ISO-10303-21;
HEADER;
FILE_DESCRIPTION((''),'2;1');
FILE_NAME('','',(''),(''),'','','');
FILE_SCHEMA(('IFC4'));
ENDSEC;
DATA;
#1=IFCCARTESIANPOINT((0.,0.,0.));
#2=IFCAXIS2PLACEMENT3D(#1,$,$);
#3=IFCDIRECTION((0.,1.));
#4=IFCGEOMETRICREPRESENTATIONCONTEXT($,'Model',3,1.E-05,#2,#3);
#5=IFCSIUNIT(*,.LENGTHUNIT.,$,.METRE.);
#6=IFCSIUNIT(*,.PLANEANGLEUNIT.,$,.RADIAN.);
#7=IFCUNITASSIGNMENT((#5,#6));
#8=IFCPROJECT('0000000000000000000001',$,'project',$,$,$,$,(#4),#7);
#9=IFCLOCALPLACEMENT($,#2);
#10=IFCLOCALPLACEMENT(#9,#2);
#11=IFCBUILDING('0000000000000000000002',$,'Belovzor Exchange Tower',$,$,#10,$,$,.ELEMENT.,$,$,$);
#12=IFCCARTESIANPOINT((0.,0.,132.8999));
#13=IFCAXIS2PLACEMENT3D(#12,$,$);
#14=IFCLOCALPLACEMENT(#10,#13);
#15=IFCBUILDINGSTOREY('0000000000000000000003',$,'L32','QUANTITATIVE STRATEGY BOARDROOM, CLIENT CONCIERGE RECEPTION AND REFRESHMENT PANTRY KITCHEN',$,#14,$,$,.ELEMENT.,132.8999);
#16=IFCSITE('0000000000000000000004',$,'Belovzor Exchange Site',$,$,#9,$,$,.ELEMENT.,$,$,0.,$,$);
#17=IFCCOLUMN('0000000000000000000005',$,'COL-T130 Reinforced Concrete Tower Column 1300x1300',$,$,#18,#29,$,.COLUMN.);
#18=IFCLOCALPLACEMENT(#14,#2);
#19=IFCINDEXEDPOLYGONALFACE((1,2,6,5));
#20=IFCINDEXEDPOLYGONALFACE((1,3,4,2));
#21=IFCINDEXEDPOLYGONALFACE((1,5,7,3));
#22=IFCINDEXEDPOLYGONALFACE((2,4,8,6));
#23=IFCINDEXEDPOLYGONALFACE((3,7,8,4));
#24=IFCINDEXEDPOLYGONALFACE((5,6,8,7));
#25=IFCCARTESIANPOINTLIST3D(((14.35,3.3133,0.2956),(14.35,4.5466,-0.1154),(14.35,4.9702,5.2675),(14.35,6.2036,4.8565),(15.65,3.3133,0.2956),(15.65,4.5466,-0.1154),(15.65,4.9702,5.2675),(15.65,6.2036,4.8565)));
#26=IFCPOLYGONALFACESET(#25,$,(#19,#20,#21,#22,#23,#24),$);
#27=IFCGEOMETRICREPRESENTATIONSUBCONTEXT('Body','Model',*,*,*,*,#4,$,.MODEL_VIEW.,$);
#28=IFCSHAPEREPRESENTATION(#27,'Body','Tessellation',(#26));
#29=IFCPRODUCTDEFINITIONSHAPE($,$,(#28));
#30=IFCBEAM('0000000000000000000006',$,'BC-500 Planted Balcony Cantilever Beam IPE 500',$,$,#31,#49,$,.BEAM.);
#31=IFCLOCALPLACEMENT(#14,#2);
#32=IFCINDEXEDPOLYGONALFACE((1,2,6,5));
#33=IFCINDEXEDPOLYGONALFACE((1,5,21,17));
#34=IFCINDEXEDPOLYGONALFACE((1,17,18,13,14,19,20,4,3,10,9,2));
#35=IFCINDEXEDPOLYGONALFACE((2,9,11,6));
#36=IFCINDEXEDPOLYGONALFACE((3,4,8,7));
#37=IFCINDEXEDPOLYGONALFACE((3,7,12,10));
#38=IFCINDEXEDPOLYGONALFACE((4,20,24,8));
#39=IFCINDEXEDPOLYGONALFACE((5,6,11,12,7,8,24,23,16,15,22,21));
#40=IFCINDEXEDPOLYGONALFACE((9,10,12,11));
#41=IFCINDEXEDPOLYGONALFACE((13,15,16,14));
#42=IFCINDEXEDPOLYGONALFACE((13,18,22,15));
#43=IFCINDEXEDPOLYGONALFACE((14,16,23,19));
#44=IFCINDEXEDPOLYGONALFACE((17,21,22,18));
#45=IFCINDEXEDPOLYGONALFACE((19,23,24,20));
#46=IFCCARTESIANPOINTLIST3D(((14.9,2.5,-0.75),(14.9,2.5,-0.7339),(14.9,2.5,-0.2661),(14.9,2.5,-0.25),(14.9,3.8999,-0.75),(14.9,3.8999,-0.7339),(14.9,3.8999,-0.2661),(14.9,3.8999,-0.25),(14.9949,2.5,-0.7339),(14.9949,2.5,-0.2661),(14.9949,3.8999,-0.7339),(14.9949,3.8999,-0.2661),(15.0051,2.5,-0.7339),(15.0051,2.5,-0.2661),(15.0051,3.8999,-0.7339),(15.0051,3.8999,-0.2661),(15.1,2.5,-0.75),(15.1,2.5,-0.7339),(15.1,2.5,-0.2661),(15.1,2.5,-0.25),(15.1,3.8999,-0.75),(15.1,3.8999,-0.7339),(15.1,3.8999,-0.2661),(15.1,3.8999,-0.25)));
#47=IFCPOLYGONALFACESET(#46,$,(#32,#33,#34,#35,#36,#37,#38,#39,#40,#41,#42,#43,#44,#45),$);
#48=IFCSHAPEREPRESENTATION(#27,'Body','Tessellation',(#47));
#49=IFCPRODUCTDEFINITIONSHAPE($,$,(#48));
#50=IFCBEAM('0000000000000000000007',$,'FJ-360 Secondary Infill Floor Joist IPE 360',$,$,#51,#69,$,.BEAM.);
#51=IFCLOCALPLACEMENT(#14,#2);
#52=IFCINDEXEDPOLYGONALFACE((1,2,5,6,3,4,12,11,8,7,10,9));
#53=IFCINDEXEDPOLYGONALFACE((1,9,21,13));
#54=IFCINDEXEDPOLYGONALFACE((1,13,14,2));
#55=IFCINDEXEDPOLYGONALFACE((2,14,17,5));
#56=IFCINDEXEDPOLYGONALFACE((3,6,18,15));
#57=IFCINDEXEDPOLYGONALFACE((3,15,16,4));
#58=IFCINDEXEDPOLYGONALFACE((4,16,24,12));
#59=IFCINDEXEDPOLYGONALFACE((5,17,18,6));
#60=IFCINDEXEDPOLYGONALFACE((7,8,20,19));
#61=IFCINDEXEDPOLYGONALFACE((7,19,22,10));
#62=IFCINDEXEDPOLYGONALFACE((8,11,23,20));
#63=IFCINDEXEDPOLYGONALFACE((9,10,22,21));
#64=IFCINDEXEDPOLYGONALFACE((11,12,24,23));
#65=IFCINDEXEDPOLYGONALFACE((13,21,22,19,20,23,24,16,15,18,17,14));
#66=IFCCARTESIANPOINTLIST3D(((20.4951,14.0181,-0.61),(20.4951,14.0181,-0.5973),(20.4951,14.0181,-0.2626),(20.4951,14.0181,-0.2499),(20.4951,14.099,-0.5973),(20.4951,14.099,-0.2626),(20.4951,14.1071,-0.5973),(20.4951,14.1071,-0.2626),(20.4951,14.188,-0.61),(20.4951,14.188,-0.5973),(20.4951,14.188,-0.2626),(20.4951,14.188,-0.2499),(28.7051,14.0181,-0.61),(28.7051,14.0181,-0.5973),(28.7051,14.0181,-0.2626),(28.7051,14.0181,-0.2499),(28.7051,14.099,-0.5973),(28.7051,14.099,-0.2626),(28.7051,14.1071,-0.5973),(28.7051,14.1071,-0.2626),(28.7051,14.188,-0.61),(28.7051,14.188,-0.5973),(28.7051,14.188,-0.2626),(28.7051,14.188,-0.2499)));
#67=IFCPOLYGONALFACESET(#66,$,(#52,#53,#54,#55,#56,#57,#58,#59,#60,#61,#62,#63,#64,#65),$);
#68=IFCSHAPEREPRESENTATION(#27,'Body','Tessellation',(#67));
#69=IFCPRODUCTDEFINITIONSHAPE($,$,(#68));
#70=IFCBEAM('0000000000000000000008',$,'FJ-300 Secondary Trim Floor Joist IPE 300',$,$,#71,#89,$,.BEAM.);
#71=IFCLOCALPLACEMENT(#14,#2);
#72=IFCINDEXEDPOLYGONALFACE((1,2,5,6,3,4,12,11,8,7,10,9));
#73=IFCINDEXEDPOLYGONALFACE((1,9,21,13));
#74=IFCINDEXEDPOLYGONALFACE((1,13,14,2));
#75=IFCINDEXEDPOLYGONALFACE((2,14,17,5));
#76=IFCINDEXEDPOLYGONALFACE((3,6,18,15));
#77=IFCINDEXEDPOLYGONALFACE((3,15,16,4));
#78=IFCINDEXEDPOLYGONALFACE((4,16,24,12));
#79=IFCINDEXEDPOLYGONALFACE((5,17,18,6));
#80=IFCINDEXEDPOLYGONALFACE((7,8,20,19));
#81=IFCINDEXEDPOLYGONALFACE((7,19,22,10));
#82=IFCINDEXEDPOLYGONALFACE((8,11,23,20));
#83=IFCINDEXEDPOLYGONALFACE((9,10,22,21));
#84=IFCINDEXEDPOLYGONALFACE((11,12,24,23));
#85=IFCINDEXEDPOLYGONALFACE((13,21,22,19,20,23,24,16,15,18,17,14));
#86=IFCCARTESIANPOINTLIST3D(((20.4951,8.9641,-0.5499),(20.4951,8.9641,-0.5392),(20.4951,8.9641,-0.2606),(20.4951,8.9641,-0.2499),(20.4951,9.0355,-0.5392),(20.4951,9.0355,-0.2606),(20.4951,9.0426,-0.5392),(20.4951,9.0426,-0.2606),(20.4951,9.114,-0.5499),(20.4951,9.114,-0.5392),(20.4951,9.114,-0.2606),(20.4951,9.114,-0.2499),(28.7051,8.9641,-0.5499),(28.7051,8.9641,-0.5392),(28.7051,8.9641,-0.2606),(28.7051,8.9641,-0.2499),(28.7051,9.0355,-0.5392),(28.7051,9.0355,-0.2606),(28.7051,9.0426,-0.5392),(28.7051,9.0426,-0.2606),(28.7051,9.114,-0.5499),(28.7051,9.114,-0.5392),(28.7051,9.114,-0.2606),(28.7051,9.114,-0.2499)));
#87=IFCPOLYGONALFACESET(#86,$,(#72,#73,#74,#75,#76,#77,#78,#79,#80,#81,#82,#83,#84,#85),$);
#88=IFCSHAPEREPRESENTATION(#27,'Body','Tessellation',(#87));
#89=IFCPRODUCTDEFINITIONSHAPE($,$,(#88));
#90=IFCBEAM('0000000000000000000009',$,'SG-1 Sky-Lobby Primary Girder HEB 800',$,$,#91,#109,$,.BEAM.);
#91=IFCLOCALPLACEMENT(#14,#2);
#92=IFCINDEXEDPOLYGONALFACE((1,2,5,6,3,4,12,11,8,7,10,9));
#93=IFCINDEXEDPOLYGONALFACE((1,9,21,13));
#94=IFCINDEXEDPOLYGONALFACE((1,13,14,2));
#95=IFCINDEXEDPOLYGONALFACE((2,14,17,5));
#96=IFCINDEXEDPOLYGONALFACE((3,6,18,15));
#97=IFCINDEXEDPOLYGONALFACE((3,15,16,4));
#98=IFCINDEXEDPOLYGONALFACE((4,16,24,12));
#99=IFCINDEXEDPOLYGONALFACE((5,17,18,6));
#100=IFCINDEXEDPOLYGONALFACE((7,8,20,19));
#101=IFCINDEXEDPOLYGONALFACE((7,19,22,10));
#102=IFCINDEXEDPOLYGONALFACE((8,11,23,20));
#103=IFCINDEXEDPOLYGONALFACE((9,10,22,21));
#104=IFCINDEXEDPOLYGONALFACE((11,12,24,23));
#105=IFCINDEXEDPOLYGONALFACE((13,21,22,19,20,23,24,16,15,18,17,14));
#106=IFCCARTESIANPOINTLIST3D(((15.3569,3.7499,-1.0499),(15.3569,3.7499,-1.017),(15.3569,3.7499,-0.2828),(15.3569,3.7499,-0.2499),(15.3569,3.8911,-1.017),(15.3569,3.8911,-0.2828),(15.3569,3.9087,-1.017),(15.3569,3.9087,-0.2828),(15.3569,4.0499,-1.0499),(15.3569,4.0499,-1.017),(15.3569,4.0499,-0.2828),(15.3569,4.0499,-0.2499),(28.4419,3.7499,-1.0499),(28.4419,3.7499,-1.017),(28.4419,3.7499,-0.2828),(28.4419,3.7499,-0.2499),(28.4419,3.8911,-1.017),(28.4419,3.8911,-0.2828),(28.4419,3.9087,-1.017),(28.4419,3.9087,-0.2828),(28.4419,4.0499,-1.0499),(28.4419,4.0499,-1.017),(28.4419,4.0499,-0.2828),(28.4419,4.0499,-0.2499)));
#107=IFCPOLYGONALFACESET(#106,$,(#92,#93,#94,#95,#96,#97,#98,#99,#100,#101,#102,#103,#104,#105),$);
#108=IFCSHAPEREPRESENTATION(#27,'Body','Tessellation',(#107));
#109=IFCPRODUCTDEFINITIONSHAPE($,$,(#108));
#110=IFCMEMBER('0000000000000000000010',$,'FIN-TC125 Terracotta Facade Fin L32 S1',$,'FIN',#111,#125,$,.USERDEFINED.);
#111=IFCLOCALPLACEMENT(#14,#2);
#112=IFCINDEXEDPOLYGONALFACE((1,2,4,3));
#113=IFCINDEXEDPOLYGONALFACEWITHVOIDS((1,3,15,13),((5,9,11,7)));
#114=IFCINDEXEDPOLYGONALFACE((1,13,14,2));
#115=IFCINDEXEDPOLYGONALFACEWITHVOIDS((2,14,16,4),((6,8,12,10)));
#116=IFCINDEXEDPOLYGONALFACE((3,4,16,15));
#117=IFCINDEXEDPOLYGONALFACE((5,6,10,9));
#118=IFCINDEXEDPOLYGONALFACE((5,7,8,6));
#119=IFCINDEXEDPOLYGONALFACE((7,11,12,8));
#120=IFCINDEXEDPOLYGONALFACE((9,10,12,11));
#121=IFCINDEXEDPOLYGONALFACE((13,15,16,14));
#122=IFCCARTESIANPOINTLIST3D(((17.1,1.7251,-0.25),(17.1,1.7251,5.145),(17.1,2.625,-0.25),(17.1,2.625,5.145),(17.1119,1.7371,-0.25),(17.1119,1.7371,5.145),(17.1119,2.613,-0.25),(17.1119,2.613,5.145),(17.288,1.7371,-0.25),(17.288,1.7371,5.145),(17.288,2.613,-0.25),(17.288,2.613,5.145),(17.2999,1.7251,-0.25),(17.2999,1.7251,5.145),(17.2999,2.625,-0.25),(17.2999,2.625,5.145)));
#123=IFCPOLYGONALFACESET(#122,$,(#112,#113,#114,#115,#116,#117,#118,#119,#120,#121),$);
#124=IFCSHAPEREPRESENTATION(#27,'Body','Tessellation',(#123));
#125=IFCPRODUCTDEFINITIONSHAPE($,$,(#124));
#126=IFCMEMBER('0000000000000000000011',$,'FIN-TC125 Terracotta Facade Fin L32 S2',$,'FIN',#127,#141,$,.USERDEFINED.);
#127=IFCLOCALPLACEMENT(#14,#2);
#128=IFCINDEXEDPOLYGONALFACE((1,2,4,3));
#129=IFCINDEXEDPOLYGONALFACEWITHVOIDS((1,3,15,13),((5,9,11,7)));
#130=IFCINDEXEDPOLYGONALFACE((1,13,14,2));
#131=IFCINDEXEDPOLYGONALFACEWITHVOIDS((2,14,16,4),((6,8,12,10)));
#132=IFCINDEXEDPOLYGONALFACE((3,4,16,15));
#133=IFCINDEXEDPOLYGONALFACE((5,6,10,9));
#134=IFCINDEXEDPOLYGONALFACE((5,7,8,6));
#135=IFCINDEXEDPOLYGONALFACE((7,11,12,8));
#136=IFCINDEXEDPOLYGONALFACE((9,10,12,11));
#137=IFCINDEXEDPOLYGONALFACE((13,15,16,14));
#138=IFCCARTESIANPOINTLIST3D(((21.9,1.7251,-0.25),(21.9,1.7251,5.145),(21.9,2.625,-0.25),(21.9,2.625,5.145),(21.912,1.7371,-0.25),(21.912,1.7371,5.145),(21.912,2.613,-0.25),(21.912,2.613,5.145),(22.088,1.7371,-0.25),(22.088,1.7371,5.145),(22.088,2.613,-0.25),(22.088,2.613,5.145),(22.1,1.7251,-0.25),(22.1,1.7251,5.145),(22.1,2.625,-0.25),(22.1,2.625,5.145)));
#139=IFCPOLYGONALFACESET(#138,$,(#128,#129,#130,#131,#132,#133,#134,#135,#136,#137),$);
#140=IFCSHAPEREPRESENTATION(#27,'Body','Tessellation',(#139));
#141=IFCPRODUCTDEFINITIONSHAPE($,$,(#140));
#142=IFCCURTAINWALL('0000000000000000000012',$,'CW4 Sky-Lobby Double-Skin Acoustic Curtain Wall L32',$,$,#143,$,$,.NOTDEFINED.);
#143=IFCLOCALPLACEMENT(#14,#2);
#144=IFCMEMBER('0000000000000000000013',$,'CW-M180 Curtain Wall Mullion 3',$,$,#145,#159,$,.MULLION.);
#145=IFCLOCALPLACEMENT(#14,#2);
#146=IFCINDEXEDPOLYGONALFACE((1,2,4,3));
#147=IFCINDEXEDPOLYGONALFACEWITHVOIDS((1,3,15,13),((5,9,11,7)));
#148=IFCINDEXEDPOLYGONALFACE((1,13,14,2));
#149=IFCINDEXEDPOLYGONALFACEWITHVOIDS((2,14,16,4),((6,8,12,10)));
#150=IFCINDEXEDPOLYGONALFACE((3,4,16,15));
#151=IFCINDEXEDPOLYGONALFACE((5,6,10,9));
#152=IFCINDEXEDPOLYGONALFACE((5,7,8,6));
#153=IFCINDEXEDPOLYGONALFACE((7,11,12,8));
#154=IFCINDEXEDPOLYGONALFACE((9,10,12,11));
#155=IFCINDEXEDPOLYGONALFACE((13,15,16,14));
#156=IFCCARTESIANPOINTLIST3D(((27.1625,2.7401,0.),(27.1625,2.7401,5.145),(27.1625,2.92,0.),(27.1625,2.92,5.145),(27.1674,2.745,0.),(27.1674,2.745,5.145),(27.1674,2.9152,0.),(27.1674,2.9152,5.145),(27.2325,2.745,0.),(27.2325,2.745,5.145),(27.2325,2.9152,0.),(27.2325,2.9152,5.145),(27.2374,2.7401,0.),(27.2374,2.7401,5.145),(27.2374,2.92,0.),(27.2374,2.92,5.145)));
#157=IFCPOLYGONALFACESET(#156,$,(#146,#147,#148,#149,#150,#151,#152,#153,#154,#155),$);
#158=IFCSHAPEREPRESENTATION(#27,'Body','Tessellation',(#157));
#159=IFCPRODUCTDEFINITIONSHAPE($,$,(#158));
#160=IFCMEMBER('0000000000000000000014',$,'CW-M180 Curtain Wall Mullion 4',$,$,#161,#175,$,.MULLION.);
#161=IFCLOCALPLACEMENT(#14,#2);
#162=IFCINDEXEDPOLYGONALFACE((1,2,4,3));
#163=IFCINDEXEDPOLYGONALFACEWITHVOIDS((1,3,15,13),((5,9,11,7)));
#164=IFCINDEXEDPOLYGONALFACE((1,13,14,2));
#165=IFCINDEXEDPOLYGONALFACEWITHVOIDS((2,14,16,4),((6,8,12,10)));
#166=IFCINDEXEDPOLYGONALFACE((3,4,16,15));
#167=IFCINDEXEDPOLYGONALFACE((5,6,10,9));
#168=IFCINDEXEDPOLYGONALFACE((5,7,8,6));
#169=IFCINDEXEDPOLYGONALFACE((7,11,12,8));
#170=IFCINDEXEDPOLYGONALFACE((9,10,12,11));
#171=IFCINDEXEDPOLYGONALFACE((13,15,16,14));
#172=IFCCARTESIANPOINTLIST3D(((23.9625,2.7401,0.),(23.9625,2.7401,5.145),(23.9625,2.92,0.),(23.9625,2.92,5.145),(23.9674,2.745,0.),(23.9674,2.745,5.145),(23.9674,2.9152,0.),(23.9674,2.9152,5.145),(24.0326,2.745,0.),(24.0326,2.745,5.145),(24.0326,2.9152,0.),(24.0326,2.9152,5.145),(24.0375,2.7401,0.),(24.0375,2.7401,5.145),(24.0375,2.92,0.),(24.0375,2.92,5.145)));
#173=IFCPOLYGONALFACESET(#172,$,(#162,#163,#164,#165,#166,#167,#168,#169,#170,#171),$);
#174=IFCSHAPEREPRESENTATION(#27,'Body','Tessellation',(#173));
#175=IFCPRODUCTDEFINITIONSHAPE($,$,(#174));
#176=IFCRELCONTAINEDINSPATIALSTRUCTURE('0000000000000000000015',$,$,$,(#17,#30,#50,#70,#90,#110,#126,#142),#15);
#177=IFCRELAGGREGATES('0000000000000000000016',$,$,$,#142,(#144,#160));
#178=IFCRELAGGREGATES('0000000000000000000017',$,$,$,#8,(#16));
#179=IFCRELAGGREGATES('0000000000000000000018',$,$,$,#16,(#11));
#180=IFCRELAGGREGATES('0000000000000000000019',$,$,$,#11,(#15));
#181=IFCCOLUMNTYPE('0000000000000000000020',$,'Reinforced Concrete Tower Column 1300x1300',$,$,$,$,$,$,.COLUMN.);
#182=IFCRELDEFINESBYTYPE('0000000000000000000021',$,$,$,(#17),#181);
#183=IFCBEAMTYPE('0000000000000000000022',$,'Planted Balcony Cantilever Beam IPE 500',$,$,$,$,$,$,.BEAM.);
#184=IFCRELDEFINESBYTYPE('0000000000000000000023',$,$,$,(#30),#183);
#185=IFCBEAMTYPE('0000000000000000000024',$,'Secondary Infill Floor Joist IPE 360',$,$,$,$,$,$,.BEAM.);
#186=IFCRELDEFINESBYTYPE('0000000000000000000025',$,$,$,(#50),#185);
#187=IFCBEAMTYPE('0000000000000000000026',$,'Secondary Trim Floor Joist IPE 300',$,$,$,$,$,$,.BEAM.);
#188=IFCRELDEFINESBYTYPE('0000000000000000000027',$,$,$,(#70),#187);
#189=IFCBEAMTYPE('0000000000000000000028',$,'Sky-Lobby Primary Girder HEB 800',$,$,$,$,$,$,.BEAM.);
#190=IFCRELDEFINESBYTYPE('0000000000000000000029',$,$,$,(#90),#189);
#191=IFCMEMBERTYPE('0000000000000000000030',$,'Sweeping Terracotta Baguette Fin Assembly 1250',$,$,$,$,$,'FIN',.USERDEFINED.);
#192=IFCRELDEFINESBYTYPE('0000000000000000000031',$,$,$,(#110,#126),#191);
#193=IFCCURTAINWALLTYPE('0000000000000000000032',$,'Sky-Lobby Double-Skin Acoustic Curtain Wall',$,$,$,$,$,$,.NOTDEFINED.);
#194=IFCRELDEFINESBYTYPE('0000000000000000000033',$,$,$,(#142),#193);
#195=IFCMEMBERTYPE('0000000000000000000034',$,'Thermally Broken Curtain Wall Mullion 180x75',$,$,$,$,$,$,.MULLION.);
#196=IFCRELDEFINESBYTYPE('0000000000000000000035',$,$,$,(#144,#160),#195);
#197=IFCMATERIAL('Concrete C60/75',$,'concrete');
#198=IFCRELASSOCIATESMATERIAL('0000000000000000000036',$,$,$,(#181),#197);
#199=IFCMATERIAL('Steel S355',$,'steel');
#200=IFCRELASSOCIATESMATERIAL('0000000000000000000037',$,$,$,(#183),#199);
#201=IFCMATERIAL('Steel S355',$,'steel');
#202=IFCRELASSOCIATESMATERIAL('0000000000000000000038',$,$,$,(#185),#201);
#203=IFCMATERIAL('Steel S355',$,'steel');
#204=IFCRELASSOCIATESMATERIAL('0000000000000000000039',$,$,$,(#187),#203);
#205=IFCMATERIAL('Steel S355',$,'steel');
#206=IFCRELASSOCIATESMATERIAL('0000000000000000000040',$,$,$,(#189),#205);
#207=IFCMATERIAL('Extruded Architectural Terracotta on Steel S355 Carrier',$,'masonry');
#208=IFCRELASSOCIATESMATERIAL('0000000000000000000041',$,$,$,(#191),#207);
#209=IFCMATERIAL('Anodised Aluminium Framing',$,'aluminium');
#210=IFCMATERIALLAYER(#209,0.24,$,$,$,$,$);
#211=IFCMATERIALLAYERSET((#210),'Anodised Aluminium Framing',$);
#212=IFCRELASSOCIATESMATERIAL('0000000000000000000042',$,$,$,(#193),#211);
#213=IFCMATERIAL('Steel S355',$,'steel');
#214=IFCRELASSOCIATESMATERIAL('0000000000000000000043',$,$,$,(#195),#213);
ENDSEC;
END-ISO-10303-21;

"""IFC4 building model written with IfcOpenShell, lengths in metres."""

from ifc_helpers import new_model, si_unit, direction, frame, origin, origin_2d, place, context, subcontext, project, spatial, rectangle, hollow_rectangle, i_section, extrude, material, layer, layer_set, material_profile, profile_set, type_object, element, aggregate, save


model = new_model("IFC4")

# Units and contexts
model_context = context("Model", 3, precision=1e-05, world=origin(), true_north=direction((0.0, 1.0)))
body_context = subcontext(model_context, "Body", "Model", "MODEL_VIEW")
ifc_project = project(units=[si_unit("LENGTHUNIT", "METRE"), si_unit("PLANEANGLEUNIT", "RADIAN")], contexts=[model_context])

# Site, building, storey
site_placement = place(None, origin())
site = spatial("IfcSite", under=ifc_project, at=site_placement, Name="Belovzor Exchange Site", CompositionType="ELEMENT", RefElevation=0.0)
building_placement = place(site_placement, origin())
building = spatial("IfcBuilding", under=site, at=building_placement, Name="Belovzor Exchange Tower", CompositionType="ELEMENT")
storey_placement = place(building_placement, frame((0.0, 0.0, 132.8999)))
storey = spatial("IfcBuildingStorey", under=building, at=storey_placement, Name="L32", Description="QUANTITATIVE STRATEGY BOARDROOM, CLIENT CONCIERGE RECEPTION AND REFRESHMENT PANTRY KITCHEN", CompositionType="ELEMENT", Elevation=132.8999)

# Column
ifc_material_1 = material(Name="Concrete C60/75", Category="concrete")
ifc_material_profile_1 = material_profile(ifc_material_1, rectangle(XDim=1.3, YDim=1.3, at=origin_2d()))
ifc_profile_set_1 = profile_set([ifc_material_profile_1], Name="Concrete C60/75")
column_type = type_object("IfcColumnType", Name="Reinforced Concrete Tower Column 1300x1300", PredefinedType="COLUMN", material=ifc_profile_set_1)
column_placement = place(storey_placement, frame((15.0, 3.9299, 0.0901), z_axis=(0.0, 0.316172, 0.948702), x_axis=(-1.0, 0.0, 0.0)))
element("IfcColumn", 1, at=column_placement, inside=storey, type_object=column_type, Name="COL-T130 Reinforced Concrete Tower Column 1300x1300", PredefinedType="COLUMN", context=body_context, shape_type="SweptSolid", body=[
    extrude(rectangle(XDim=1.3, YDim=1.3, at=origin_2d()), origin(), (0.0, 0.0, 1.0), 5.2407),
])

# Beams
ifc_material_2 = material(Name="Steel S355", Category="steel")
ifc_material_profile_2 = material_profile(ifc_material_2, i_section(OverallWidth=0.2, OverallDepth=0.5, WebThickness=0.0103, FlangeThickness=0.0161, at=origin_2d()))
ifc_profile_set_2 = profile_set([ifc_material_profile_2], Name="Steel S355")
beam_type_1 = type_object("IfcBeamType", Name="Planted Balcony Cantilever Beam IPE 500", PredefinedType="BEAM", material=ifc_profile_set_2)
beam_1_placement = place(storey_placement, frame((15.0, 3.8999, -0.5), z_axis=(0.0, -1.0, 0.0), x_axis=(1.0, 0.0, 0.0)))
element("IfcBeam", 2, at=beam_1_placement, inside=storey, type_object=beam_type_1, Name="BC-500 Planted Balcony Cantilever Beam IPE 500", PredefinedType="BEAM", context=body_context, shape_type="SweptSolid", body=[
    extrude(i_section(OverallWidth=0.2, OverallDepth=0.5, WebThickness=0.0103, FlangeThickness=0.0161, at=origin_2d()), origin(), (0.0, 0.0, 1.0), 1.3999),
])
ifc_material_3 = material(Name="Steel S355", Category="steel")
ifc_material_profile_3 = material_profile(ifc_material_3, i_section(OverallWidth=0.1699, OverallDepth=0.3601, WebThickness=0.0081, FlangeThickness=0.0127, at=origin_2d()))
ifc_profile_set_3 = profile_set([ifc_material_profile_3], Name="Steel S355")
beam_type_2 = type_object("IfcBeamType", Name="Secondary Infill Floor Joist IPE 360", PredefinedType="BEAM", material=ifc_profile_set_3)
beam_2_placement = place(storey_placement, frame((20.4951, 14.103, -0.4299), z_axis=(1.0, 0.0, 0.0), x_axis=(0.0, 1.0, 0.0)))
element("IfcBeam", 3, at=beam_2_placement, inside=storey, type_object=beam_type_2, Name="FJ-360 Secondary Infill Floor Joist IPE 360", PredefinedType="BEAM", context=body_context, shape_type="SweptSolid", body=[
    extrude(i_section(OverallWidth=0.1699, OverallDepth=0.3601, WebThickness=0.0081, FlangeThickness=0.0127, at=origin_2d()), origin(), (0.0, 0.0, 1.0), 8.21),
])
ifc_material_4 = material(Name="Steel S355", Category="steel")
ifc_material_profile_4 = material_profile(ifc_material_4, i_section(OverallWidth=0.1499, OverallDepth=0.3, WebThickness=0.0071, FlangeThickness=0.0107, at=origin_2d()))
ifc_profile_set_4 = profile_set([ifc_material_profile_4], Name="Steel S355")
beam_type_3 = type_object("IfcBeamType", Name="Secondary Trim Floor Joist IPE 300", PredefinedType="BEAM", material=ifc_profile_set_4)
beam_3_placement = place(storey_placement, frame((20.4951, 9.0391, -0.3999), z_axis=(1.0, 0.0, 0.0), x_axis=(0.0, 1.0, 0.0)))
element("IfcBeam", 4, at=beam_3_placement, inside=storey, type_object=beam_type_3, Name="FJ-300 Secondary Trim Floor Joist IPE 300", PredefinedType="BEAM", context=body_context, shape_type="SweptSolid", body=[
    extrude(i_section(OverallWidth=0.1499, OverallDepth=0.3, WebThickness=0.0071, FlangeThickness=0.0107, at=origin_2d()), origin(), (0.0, 0.0, 1.0), 8.21),
])
ifc_material_5 = material(Name="Steel S355", Category="steel")
ifc_material_profile_5 = material_profile(ifc_material_5, i_section(OverallWidth=0.3, OverallDepth=0.8, WebThickness=0.0176, FlangeThickness=0.033, at=origin_2d()))
ifc_profile_set_5 = profile_set([ifc_material_profile_5], Name="Steel S355")
beam_type_4 = type_object("IfcBeamType", Name="Sky-Lobby Primary Girder HEB 800", PredefinedType="BEAM", material=ifc_profile_set_5)
beam_4_placement = place(storey_placement, frame((15.3569, 3.8999, -0.6499), z_axis=(1.0, 0.0, 0.0), x_axis=(0.0, 1.0, 0.0)))
element("IfcBeam", 5, at=beam_4_placement, inside=storey, type_object=beam_type_4, Name="SG-1 Sky-Lobby Primary Girder HEB 800", PredefinedType="BEAM", context=body_context, shape_type="SweptSolid", body=[
    extrude(i_section(OverallWidth=0.3, OverallDepth=0.8, WebThickness=0.0176, FlangeThickness=0.033, at=origin_2d()), origin(), (0.0, 0.0, 1.0), 13.085),
])

# Members
ifc_material_6 = material(Name="Extruded Architectural Terracotta on Steel S355 Carrier", Category="masonry")
ifc_material_profile_6 = material_profile(ifc_material_6, hollow_rectangle(XDim=0.2, YDim=0.8999, WallThickness=0.012, at=origin_2d()))
ifc_profile_set_6 = profile_set([ifc_material_profile_6], Name="Extruded Architectural Terracotta on Steel S355 Carrier")
member_type_1 = type_object("IfcMemberType", Name="Sweeping Terracotta Baguette Fin Assembly 1250", ElementType="FIN", PredefinedType="USERDEFINED", material=ifc_profile_set_6)
for number, where, z_axis, x_axis, name in (
    (6, (17.2, 2.175, -0.25), (0.0, 0.0, 1.0), (1.0, 0.0, 0.0), "FIN-TC125 Terracotta Facade Fin L32 S1"),
    (7, (22.0, 2.175, -0.25), (0.0, 0.0, 1.0), (1.0, 0.0, 0.0), "FIN-TC125 Terracotta Facade Fin L32 S2"),
):
    element("IfcMember", number, at=place(storey_placement, frame(where, z_axis=z_axis, x_axis=x_axis)), inside=storey, type_object=member_type_1, Name=name, ObjectType="FIN", PredefinedType="USERDEFINED", context=body_context, shape_type="SweptSolid", body=[
        extrude(hollow_rectangle(XDim=0.2, YDim=0.8999, WallThickness=0.012, at=origin_2d()), origin(), (0.0, 0.0, 1.0), 5.395),
    ])

# Curtain wall, members
ifc_material_7 = material(Name="Anodised Aluminium Framing", Category="aluminium")
ifc_layer_1 = layer(ifc_material_7, 0.24)
ifc_layer_set_1 = layer_set([ifc_layer_1], Name="Anodised Aluminium Framing")
curtain_wall_type = type_object("IfcCurtainWallType", Name="Sky-Lobby Double-Skin Acoustic Curtain Wall", PredefinedType="NOTDEFINED", material=ifc_layer_set_1)
curtain_wall_placement = place(storey_placement, origin())
curtain_wall = element("IfcCurtainWall", 8, at=curtain_wall_placement, inside=storey, type_object=curtain_wall_type, Name="CW4 Sky-Lobby Double-Skin Acoustic Curtain Wall L32", PredefinedType="NOTDEFINED")
ifc_material_8 = material(Name="Steel S355", Category="steel")
ifc_material_profile_7 = material_profile(ifc_material_8, hollow_rectangle(XDim=0.075, YDim=0.1799, WallThickness=0.0049, at=origin_2d()))
ifc_profile_set_7 = profile_set([ifc_material_profile_7], Name="Steel S355")
member_type_2 = type_object("IfcMemberType", Name="Thermally Broken Curtain Wall Mullion 180x75", PredefinedType="MULLION", material=ifc_profile_set_7)
member_1_placement = place(storey_placement, frame((27.2, 2.8301, 0.0), z_axis=(0.0, 0.0, 1.0), x_axis=(-1.0, 0.0, 0.0)))
member_1 = element("IfcMember", 9, at=member_1_placement, type_object=member_type_2, Name="CW-M180 Curtain Wall Mullion 3", PredefinedType="MULLION", context=body_context, shape_type="SweptSolid", body=[
    extrude(hollow_rectangle(XDim=0.075, YDim=0.1799, WallThickness=0.0049, at=origin_2d()), origin(), (0.0, 0.0, 1.0), 5.145),
])
member_2_placement = place(storey_placement, frame((24.0, 2.8301, 0.0), z_axis=(0.0, 0.0, 1.0), x_axis=(-1.0, 0.0, 0.0)))
member_2 = element("IfcMember", 10, at=member_2_placement, type_object=member_type_2, Name="CW-M180 Curtain Wall Mullion 4", PredefinedType="MULLION", context=body_context, shape_type="SweptSolid", body=[
    extrude(hollow_rectangle(XDim=0.075, YDim=0.1799, WallThickness=0.0049, at=origin_2d()), origin(), (0.0, 0.0, 1.0), 5.145),
])

aggregate(curtain_wall, [member_1, member_2])

save(model, "model.ifc")
